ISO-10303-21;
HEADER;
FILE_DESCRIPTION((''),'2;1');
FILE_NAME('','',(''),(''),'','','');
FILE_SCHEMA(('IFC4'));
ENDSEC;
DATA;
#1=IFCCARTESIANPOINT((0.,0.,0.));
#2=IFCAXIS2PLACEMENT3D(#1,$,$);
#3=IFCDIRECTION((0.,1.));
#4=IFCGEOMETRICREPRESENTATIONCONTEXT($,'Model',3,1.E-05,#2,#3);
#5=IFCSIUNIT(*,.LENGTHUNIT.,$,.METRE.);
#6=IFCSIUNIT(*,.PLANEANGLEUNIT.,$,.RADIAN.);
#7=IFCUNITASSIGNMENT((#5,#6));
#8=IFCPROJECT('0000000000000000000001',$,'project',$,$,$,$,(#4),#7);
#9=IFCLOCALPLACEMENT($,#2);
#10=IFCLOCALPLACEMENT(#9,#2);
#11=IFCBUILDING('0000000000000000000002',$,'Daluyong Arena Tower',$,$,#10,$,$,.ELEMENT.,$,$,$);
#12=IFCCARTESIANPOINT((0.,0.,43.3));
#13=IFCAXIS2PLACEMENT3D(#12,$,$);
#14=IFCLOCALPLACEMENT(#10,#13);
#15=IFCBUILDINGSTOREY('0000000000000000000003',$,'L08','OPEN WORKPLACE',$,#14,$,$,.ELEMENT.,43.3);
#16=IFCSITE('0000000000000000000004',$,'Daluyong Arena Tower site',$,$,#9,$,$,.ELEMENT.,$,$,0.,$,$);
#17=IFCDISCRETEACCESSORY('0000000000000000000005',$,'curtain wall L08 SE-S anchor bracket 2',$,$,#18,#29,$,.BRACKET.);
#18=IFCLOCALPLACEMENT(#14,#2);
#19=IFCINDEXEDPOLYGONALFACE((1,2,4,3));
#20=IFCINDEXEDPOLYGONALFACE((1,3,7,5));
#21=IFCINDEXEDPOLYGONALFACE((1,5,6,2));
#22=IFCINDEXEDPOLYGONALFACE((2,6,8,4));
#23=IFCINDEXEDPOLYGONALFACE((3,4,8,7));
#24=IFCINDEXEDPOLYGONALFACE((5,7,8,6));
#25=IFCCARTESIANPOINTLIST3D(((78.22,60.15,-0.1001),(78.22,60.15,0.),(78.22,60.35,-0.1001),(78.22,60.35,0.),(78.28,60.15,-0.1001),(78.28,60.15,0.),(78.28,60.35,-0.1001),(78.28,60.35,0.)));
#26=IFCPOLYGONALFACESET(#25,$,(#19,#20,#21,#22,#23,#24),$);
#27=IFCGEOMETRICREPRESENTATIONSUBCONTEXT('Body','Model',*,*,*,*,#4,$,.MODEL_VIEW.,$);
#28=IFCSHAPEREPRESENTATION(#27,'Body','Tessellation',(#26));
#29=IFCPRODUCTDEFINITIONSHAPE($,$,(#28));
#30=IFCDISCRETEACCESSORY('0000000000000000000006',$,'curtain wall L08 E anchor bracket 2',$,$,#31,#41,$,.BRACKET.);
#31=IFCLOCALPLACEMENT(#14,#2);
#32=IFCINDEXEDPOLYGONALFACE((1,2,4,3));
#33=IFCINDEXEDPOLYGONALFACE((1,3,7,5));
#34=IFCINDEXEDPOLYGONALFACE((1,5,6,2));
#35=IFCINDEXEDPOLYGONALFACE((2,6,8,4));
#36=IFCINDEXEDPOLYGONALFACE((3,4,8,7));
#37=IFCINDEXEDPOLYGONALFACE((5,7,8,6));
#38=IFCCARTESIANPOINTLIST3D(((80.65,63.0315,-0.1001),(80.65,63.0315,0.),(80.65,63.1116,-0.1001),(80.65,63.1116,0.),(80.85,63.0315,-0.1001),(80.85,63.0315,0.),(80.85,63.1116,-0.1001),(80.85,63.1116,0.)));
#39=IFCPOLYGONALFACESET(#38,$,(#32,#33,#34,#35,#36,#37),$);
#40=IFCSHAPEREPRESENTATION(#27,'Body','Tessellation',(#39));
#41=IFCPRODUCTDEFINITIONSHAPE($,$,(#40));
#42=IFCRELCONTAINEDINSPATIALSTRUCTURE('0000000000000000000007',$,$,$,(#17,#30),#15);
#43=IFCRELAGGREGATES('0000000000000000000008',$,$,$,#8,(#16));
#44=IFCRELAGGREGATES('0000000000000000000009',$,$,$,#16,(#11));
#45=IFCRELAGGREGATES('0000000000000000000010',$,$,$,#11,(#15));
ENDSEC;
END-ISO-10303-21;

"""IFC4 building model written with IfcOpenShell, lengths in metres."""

from ifc_helpers import new_model, si_unit, direction, frame, origin, origin_2d, place, context, subcontext, project, spatial, rectangle, extrude, element, save


model = new_model("IFC4")

# Units and contexts
model_context = context("Model", 3, precision=1e-05, world=origin(), true_north=direction((0.0, 1.0)))
body_context = subcontext(model_context, "Body", "Model", "MODEL_VIEW")
ifc_project = project(units=[si_unit("LENGTHUNIT", "METRE"), si_unit("PLANEANGLEUNIT", "RADIAN")], contexts=[model_context])

# Site, building, storey
site_placement = place(None, origin())
site = spatial("IfcSite", under=ifc_project, at=site_placement, Name="Daluyong Arena Tower site", CompositionType="ELEMENT", RefElevation=0.0)
building_placement = place(site_placement, origin())
building = spatial("IfcBuilding", under=site, at=building_placement, Name="Daluyong Arena Tower", CompositionType="ELEMENT")
storey_placement = place(building_placement, frame((0.0, 0.0, 43.3)))
storey = spatial("IfcBuildingStorey", under=building, at=storey_placement, Name="L08", Description="OPEN WORKPLACE", CompositionType="ELEMENT", Elevation=43.3)

# Discrete accessories
for number, where, z_axis, x_axis, name in (
    (1, (78.25, 60.25, -0.1001), (0.0, 0.0, 1.0), (1.0, 0.0, 0.0), "curtain wall L08 SE-S anchor bracket 2"),
):
    element("IfcDiscreteAccessory", number, at=place(storey_placement, frame(where, z_axis=z_axis, x_axis=x_axis)), inside=storey, Name=name, PredefinedType="BRACKET", context=body_context, shape_type="SweptSolid", body=[
        extrude(rectangle(XDim=0.0601, YDim=0.2, at=origin_2d()), origin(), (0.0, 0.0, 1.0), 0.1001),
    ])
discrete_accessory_1_placement = place(storey_placement, frame((80.75, 63.0715, -0.1001), z_axis=(0.0, 0.0, 1.0), x_axis=(0.0, 1.0, 0.0)))
element("IfcDiscreteAccessory", 2, at=discrete_accessory_1_placement, inside=storey, Name="curtain wall L08 E anchor bracket 2", PredefinedType="BRACKET", context=body_context, shape_type="SweptSolid", body=[
    extrude(rectangle(XDim=0.0801, YDim=0.2, at=origin_2d()), origin(), (0.0, 0.0, 1.0), 0.1001),
])

save(model, "model.ifc")
